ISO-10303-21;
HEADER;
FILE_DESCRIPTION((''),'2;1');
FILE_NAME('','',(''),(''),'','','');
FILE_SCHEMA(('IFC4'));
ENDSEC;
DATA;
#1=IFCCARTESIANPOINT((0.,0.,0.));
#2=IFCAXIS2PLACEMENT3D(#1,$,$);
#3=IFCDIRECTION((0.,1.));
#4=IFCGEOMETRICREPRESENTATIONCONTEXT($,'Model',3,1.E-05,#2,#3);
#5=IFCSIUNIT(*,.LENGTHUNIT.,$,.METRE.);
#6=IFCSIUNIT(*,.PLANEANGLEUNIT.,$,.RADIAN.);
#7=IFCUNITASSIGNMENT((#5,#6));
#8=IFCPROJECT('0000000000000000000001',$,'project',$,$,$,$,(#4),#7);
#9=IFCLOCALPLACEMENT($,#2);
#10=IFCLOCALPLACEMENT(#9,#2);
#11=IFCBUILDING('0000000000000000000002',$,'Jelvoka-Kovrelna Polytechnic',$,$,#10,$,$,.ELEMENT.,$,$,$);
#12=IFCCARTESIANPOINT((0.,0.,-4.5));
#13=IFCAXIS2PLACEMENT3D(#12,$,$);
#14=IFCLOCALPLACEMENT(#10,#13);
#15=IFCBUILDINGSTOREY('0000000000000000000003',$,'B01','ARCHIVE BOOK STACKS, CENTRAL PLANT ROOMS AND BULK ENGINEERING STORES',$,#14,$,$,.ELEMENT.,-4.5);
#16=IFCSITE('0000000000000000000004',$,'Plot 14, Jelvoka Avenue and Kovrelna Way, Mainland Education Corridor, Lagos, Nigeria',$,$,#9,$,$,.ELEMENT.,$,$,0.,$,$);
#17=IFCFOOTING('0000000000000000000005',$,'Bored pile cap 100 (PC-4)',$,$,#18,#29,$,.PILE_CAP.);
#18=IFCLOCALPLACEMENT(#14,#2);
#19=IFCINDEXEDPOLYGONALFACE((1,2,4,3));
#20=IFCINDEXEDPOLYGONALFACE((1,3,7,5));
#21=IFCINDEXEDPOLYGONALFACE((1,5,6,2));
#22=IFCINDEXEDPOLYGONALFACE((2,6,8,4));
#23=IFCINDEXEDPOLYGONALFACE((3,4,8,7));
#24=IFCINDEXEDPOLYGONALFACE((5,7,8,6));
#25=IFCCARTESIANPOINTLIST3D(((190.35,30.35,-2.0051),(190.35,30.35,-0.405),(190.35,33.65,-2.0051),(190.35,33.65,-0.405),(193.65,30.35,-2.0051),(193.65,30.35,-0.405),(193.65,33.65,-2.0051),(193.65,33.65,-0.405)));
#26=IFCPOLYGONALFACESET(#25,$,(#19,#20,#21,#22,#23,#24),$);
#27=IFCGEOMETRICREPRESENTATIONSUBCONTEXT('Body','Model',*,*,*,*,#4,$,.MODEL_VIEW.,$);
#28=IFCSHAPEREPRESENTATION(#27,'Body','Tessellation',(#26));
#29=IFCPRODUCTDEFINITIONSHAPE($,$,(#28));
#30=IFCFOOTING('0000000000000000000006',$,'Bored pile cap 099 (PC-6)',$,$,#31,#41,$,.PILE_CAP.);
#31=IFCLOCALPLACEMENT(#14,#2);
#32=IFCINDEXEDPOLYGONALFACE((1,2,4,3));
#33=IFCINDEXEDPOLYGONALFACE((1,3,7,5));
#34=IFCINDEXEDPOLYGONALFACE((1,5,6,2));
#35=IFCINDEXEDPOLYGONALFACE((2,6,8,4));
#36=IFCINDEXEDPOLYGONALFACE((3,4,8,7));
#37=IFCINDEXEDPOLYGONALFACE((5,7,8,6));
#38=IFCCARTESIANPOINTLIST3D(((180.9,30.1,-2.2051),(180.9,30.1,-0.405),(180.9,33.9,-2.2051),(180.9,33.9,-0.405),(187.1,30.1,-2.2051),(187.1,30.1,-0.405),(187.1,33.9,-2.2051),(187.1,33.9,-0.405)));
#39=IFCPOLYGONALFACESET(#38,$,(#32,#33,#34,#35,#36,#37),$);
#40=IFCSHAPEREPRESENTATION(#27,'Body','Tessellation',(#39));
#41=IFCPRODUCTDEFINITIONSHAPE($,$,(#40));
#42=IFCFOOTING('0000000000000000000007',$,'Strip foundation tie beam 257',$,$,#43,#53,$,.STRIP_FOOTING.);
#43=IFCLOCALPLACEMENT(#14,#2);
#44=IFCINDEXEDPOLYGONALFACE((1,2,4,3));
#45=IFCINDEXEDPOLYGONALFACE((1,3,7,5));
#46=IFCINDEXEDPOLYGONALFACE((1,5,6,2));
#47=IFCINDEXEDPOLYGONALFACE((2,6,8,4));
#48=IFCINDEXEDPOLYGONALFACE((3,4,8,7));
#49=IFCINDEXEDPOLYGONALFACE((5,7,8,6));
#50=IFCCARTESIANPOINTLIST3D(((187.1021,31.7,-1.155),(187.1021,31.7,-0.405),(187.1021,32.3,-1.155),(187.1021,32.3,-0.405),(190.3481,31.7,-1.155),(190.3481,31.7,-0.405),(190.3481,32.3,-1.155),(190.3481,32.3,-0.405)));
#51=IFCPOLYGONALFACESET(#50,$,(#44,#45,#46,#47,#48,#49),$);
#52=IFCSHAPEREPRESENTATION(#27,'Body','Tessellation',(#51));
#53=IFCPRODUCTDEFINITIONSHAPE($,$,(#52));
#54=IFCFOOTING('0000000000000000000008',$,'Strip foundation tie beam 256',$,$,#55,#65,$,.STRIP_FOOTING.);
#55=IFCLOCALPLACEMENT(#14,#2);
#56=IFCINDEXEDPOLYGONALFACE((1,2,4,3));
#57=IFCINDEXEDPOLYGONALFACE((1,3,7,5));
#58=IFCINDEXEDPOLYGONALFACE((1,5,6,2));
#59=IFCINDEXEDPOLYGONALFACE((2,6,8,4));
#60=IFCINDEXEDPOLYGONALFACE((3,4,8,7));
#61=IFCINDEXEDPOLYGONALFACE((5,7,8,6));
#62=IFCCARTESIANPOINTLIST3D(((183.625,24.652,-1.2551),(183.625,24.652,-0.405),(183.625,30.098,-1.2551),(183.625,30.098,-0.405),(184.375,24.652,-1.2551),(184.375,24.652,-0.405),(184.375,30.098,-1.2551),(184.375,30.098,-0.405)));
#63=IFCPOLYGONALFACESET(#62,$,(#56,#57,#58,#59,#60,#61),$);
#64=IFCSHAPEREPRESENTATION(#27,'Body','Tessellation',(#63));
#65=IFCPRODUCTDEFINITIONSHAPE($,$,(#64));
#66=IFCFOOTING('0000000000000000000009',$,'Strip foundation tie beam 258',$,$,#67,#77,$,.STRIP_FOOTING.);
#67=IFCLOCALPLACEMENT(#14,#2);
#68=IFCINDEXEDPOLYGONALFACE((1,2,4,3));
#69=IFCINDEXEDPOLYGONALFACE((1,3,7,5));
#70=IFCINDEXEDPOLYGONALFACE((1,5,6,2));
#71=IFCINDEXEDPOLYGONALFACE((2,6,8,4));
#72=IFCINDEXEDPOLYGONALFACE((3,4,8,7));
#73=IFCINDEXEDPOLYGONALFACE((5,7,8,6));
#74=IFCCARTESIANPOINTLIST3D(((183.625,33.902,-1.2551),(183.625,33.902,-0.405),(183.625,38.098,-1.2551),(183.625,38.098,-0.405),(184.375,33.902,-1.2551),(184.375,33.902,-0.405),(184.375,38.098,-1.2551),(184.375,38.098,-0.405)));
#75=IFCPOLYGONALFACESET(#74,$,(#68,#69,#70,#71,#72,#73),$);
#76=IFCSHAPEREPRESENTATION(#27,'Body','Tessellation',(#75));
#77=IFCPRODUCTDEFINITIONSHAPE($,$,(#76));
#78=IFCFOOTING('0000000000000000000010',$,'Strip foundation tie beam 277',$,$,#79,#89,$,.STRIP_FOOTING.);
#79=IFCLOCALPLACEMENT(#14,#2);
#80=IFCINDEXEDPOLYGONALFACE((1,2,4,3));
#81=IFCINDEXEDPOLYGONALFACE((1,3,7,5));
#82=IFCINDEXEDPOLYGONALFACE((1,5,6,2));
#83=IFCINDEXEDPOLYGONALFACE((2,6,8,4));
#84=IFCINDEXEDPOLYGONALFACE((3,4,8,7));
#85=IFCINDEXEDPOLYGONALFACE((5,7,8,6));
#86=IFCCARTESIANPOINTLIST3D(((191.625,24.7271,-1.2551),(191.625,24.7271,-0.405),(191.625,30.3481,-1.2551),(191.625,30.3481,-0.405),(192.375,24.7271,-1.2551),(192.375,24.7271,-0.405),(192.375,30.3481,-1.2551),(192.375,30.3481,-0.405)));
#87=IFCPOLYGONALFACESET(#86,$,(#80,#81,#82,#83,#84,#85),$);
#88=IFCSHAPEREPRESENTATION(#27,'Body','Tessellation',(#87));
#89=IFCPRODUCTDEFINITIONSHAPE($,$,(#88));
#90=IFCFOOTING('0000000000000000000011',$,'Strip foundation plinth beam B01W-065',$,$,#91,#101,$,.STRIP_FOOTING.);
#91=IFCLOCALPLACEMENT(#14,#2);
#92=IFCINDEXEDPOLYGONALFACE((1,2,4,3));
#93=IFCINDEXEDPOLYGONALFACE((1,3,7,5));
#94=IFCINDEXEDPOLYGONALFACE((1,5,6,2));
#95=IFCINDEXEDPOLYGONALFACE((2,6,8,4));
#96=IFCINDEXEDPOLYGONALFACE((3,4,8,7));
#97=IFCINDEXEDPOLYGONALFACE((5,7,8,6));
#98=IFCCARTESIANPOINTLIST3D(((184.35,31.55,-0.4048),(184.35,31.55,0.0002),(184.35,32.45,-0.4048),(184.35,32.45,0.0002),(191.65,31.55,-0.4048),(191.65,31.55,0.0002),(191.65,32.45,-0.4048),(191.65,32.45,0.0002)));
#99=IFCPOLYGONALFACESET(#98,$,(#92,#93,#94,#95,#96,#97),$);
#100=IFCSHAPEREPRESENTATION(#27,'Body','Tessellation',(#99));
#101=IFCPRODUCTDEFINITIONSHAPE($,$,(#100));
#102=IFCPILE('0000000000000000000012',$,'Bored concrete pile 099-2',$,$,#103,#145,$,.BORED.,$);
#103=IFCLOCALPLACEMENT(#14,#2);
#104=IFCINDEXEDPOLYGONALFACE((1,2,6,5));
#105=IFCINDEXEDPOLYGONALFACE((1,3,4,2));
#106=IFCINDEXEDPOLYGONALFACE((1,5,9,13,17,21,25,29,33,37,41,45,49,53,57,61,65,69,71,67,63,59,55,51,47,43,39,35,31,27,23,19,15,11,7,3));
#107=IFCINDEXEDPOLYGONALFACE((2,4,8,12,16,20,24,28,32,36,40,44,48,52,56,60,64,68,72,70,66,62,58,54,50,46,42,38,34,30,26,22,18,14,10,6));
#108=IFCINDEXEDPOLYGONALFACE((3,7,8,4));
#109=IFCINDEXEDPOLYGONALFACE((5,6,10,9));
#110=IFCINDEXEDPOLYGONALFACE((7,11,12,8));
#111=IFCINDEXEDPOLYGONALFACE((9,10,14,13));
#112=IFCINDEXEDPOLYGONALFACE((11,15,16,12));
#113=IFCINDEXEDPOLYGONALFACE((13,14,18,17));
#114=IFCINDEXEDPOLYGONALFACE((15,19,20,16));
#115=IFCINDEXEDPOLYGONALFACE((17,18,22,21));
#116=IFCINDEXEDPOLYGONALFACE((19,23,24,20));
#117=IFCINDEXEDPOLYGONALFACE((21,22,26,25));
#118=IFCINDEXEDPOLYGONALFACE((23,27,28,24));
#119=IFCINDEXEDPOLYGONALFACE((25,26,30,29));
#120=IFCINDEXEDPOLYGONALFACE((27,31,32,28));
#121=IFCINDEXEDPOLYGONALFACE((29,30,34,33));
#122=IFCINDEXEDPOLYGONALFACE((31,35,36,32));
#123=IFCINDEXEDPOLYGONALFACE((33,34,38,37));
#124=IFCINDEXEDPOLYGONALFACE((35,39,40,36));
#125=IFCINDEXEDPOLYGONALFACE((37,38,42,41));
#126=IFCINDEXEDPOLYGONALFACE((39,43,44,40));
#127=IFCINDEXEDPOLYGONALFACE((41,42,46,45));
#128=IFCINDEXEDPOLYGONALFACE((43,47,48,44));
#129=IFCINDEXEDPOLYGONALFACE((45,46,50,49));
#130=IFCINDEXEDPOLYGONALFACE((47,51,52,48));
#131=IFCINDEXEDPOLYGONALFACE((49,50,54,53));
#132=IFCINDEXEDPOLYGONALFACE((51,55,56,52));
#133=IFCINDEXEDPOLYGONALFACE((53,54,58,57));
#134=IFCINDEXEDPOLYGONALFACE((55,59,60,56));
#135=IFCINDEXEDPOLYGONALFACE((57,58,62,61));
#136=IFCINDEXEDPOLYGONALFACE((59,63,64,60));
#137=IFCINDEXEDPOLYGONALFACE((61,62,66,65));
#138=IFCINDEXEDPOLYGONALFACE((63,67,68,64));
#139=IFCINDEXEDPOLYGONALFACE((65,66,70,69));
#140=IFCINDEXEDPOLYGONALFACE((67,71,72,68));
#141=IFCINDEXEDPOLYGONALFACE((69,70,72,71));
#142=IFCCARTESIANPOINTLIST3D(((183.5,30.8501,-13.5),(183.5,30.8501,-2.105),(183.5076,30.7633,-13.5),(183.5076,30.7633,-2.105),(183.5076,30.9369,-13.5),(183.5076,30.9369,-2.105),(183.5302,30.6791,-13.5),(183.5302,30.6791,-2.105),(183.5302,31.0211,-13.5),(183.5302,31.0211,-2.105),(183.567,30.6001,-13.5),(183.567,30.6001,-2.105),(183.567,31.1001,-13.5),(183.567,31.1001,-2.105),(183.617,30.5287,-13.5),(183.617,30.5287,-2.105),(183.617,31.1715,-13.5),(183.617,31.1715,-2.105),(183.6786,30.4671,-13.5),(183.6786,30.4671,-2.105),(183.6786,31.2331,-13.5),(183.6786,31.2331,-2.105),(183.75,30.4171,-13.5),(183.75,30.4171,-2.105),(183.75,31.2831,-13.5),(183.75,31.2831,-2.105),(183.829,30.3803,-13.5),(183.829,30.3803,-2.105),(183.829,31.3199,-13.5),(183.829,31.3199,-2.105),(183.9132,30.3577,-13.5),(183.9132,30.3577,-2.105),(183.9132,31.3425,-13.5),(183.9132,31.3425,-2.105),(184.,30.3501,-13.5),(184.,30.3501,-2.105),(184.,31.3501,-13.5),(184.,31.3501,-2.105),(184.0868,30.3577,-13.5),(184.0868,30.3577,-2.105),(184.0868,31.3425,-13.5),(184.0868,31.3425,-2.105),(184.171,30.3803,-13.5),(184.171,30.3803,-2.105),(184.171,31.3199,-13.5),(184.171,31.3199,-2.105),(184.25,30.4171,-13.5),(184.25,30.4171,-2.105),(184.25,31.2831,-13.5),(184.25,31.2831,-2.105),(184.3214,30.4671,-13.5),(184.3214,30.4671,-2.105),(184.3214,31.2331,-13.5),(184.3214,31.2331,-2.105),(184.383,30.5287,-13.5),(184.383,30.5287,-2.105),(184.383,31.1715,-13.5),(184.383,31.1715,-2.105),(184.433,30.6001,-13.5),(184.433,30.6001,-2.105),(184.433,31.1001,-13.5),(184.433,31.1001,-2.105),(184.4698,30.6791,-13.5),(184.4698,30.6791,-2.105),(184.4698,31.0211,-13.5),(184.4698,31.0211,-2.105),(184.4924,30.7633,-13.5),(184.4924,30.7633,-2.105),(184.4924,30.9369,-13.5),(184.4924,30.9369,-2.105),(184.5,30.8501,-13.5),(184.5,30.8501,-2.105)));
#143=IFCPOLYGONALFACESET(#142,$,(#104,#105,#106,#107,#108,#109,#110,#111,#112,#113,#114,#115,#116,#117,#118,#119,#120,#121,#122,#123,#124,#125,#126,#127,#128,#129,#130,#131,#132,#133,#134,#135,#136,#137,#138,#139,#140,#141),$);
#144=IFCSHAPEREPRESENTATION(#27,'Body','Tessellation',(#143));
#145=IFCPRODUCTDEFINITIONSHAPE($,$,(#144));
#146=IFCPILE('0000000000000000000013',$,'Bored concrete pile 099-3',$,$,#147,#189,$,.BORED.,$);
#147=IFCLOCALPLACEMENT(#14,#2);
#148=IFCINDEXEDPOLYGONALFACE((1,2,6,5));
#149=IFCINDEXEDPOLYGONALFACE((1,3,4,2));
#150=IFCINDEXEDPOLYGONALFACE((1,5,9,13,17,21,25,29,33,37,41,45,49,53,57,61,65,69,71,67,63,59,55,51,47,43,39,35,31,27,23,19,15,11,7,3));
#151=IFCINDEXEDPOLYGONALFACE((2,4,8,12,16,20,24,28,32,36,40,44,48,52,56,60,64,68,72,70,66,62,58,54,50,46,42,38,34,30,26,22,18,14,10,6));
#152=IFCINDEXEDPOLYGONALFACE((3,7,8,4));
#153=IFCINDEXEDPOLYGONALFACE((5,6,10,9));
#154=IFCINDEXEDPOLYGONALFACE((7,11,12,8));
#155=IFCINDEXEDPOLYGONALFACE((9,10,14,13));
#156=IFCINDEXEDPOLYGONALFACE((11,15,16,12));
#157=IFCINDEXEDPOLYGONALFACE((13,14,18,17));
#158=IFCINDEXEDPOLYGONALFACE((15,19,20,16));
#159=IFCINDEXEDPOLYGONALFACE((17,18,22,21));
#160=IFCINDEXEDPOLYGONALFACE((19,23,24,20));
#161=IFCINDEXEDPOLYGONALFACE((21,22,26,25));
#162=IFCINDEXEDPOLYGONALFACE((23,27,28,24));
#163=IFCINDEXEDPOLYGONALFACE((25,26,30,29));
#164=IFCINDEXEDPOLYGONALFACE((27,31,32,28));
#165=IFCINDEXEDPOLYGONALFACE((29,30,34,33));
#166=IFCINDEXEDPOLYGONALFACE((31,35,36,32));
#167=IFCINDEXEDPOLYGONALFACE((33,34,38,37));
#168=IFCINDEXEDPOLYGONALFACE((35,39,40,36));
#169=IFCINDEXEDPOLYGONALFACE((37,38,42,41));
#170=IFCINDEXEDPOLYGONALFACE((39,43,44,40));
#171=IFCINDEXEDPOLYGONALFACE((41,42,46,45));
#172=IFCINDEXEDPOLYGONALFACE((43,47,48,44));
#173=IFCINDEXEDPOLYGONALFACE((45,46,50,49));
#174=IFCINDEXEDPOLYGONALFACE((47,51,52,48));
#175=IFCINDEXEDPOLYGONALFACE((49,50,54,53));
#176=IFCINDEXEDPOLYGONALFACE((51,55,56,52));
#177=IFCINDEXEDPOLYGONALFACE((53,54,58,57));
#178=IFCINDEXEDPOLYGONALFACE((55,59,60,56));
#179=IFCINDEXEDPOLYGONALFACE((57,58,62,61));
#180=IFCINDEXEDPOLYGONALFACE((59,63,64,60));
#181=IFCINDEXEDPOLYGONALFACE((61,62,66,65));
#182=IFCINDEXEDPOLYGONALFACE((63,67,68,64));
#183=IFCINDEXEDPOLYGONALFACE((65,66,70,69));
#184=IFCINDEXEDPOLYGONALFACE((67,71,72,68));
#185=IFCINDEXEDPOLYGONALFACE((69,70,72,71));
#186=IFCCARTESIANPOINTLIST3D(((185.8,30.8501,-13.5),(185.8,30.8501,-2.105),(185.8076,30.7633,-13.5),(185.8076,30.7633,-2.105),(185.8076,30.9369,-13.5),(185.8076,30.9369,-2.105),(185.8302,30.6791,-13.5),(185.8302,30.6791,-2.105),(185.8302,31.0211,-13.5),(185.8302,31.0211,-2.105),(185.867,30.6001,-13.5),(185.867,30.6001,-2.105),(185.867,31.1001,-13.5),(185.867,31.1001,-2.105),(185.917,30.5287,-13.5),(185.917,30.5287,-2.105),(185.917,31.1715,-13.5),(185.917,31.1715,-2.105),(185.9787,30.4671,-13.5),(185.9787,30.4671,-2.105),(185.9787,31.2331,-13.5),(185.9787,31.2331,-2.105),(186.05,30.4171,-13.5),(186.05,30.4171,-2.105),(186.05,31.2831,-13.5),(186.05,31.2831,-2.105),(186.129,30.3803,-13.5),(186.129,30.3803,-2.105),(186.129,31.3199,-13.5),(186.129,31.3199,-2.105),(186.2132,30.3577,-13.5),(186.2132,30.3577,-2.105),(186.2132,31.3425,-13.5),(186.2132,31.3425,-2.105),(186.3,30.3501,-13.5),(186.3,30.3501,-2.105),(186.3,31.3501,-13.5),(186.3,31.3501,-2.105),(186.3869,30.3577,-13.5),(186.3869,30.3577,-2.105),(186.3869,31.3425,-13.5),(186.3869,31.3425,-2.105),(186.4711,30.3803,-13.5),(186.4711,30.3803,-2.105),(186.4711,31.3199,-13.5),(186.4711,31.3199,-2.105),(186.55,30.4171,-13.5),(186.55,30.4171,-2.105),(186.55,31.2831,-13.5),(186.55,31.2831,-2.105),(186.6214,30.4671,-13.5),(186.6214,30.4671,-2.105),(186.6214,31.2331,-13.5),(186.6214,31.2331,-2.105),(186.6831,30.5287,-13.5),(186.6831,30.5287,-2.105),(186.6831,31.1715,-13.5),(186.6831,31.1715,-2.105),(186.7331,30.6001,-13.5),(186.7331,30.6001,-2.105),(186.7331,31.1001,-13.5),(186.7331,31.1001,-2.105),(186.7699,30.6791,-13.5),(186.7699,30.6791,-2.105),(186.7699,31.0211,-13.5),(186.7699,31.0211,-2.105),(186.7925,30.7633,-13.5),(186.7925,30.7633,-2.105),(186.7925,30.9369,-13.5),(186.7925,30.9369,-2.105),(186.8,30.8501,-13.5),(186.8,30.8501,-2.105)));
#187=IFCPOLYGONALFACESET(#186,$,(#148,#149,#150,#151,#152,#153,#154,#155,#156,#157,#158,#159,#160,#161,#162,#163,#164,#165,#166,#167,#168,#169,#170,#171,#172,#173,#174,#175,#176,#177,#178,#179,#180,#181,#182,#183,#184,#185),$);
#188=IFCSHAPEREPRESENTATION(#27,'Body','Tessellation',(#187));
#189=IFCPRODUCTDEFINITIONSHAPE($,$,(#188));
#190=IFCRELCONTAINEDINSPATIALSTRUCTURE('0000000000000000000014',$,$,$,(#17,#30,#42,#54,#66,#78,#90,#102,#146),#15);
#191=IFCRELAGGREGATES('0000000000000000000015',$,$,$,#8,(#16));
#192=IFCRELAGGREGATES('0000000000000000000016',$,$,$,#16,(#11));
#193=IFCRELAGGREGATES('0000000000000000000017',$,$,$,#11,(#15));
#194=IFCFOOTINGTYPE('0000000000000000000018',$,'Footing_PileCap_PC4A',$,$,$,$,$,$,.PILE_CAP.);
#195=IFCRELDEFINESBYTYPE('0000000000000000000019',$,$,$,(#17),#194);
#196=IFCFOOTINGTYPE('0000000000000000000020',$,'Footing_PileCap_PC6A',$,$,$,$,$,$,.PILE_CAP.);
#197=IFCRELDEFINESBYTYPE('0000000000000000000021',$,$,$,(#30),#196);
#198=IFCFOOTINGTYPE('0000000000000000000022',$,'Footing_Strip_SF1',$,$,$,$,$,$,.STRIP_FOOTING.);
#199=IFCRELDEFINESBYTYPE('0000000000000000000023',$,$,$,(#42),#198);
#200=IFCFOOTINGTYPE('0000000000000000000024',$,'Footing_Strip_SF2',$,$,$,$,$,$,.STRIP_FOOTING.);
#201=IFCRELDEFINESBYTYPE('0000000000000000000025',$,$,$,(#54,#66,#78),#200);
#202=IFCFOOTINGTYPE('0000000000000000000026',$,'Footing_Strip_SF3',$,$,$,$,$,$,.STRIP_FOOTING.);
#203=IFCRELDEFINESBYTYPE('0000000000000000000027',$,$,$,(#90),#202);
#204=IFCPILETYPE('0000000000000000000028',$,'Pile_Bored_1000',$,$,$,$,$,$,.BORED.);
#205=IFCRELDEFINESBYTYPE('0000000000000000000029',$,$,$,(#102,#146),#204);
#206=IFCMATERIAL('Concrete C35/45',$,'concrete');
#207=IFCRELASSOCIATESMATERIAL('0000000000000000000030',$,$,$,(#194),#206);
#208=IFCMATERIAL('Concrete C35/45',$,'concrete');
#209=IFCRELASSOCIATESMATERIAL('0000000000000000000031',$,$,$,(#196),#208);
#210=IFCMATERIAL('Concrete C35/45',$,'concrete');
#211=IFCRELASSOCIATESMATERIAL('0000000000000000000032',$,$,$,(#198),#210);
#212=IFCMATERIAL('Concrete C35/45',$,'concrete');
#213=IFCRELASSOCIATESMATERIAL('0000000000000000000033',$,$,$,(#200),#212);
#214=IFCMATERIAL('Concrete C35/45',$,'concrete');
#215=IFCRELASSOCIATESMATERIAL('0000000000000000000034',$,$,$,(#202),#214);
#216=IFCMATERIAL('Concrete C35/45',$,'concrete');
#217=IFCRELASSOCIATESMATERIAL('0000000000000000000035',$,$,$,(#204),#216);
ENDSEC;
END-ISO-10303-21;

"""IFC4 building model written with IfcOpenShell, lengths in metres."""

from ifc_helpers import new_model, si_unit, direction, frame, origin, origin_2d, place, context, subcontext, project, spatial, rectangle, circle, extrude, material, material_profile, profile_set, type_object, element, save


model = new_model("IFC4")

# Units and contexts
model_context = context("Model", 3, precision=1e-05, world=origin(), true_north=direction((0.0, 1.0)))
body_context = subcontext(model_context, "Body", "Model", "MODEL_VIEW")
ifc_project = project(units=[si_unit("LENGTHUNIT", "METRE"), si_unit("PLANEANGLEUNIT", "RADIAN")], contexts=[model_context])

# Site, building, storey
site_placement = place(None, origin())
site = spatial("IfcSite", under=ifc_project, at=site_placement, Name="Plot 14, Jelvoka Avenue and Kovrelna Way, Mainland Education Corridor, Lagos, Nigeria", CompositionType="ELEMENT", RefElevation=0.0)
building_placement = place(site_placement, origin())
building = spatial("IfcBuilding", under=site, at=building_placement, Name="Jelvoka-Kovrelna Polytechnic", CompositionType="ELEMENT")
storey_placement = place(building_placement, frame((0.0, 0.0, -4.5)))
storey = spatial("IfcBuildingStorey", under=building, at=storey_placement, Name="B01", Description="ARCHIVE BOOK STACKS, CENTRAL PLANT ROOMS AND BULK ENGINEERING STORES", CompositionType="ELEMENT", Elevation=-4.5)

# Footings
ifc_material_1 = material(Name="Concrete C35/45", Category="concrete")
footing_type_1 = type_object("IfcFootingType", Name="Footing_PileCap_PC4A", PredefinedType="PILE_CAP", material=ifc_material_1)
footing_1_placement = place(storey_placement, frame((192.0, 32.0, -2.0051), z_axis=(0.0, 0.0, 1.0), x_axis=(1.0, 0.0, 0.0)))
element("IfcFooting", 1, at=footing_1_placement, inside=storey, type_object=footing_type_1, Name="Bored pile cap 100 (PC-4)", PredefinedType="PILE_CAP", context=body_context, shape_type="SweptSolid", body=[
    extrude(rectangle(XDim=3.3, YDim=3.3, at=origin_2d()), origin(), (0.0, 0.0, 1.0), 1.6001),
])
ifc_material_2 = material(Name="Concrete C35/45", Category="concrete")
footing_type_2 = type_object("IfcFootingType", Name="Footing_PileCap_PC6A", PredefinedType="PILE_CAP", material=ifc_material_2)
footing_2_placement = place(storey_placement, frame((184.0, 32.0, -2.2051), z_axis=(0.0, 0.0, 1.0), x_axis=(1.0, 0.0, 0.0)))
element("IfcFooting", 2, at=footing_2_placement, inside=storey, type_object=footing_type_2, Name="Bored pile cap 099 (PC-6)", PredefinedType="PILE_CAP", context=body_context, shape_type="SweptSolid", body=[
    extrude(rectangle(XDim=6.2, YDim=3.8, at=origin_2d()), origin(), (0.0, 0.0, 1.0), 1.8),
])
ifc_material_3 = material(Name="Concrete C35/45", Category="concrete")
footing_type_3 = type_object("IfcFootingType", Name="Footing_Strip_SF1", PredefinedType="STRIP_FOOTING", material=ifc_material_3)
footing_3_placement = place(storey_placement, frame((188.7251, 32.0, -1.155), z_axis=(0.0, 0.0, 1.0), x_axis=(1.0, 0.0, 0.0)))
element("IfcFooting", 3, at=footing_3_placement, inside=storey, type_object=footing_type_3, Name="Strip foundation tie beam 257", PredefinedType="STRIP_FOOTING", context=body_context, shape_type="SweptSolid", body=[
    extrude(rectangle(XDim=3.2461, YDim=0.6001, at=origin_2d()), origin(), (0.0, 0.0, 1.0), 0.75),
])
ifc_material_4 = material(Name="Concrete C35/45", Category="concrete")
footing_type_4 = type_object("IfcFootingType", Name="Footing_Strip_SF2", PredefinedType="STRIP_FOOTING", material=ifc_material_4)
footing_4_placement = place(storey_placement, frame((184.0, 27.375, -1.2551), z_axis=(0.0, 0.0, 1.0), x_axis=(0.0, 1.0, 0.0)))
element("IfcFooting", 4, at=footing_4_placement, inside=storey, type_object=footing_type_4, Name="Strip foundation tie beam 256", PredefinedType="STRIP_FOOTING", context=body_context, shape_type="SweptSolid", body=[
    extrude(rectangle(XDim=5.446, YDim=0.75, at=origin_2d()), origin(), (0.0, 0.0, 1.0), 0.8501),
])
footing_5_placement = place(storey_placement, frame((184.0, 36.0, -1.2551), z_axis=(0.0, 0.0, 1.0), x_axis=(0.0, 1.0, 0.0)))
element("IfcFooting", 5, at=footing_5_placement, inside=storey, type_object=footing_type_4, Name="Strip foundation tie beam 258", PredefinedType="STRIP_FOOTING", context=body_context, shape_type="SweptSolid", body=[
    extrude(rectangle(XDim=4.196, YDim=0.75, at=origin_2d()), origin(), (0.0, 0.0, 1.0), 0.8501),
])
footing_6_placement = place(storey_placement, frame((192.0, 27.5376, -1.2551), z_axis=(0.0, 0.0, 1.0), x_axis=(0.0, 1.0, 0.0)))
element("IfcFooting", 6, at=footing_6_placement, inside=storey, type_object=footing_type_4, Name="Strip foundation tie beam 277", PredefinedType="STRIP_FOOTING", context=body_context, shape_type="SweptSolid", body=[
    extrude(rectangle(XDim=5.6211, YDim=0.75, at=origin_2d()), origin(), (0.0, 0.0, 1.0), 0.8501),
])
ifc_material_5 = material(Name="Concrete C35/45", Category="concrete")
footing_type_5 = type_object("IfcFootingType", Name="Footing_Strip_SF3", PredefinedType="STRIP_FOOTING", material=ifc_material_5)
footing_7_placement = place(storey_placement, frame((188.0, 32.0, -0.4048), z_axis=(0.0, 0.0, 1.0), x_axis=(1.0, 0.0, 0.0)))
element("IfcFooting", 7, at=footing_7_placement, inside=storey, type_object=footing_type_5, Name="Strip foundation plinth beam B01W-065", PredefinedType="STRIP_FOOTING", context=body_context, shape_type="SweptSolid", body=[
    extrude(rectangle(XDim=7.3, YDim=0.8999, at=origin_2d()), origin(), (0.0, 0.0, 1.0), 0.405),
])

# Piles
ifc_material_6 = material(Name="Concrete C35/45", Category="concrete")
ifc_material_profile_1 = material_profile(ifc_material_6, circle(Radius=0.5, at=origin_2d()), Name="PILE D1000")
ifc_profile_set_1 = profile_set([ifc_material_profile_1], Name="Concrete C35/45")
pile_type_1 = type_object("IfcPileType", Name="Pile_Bored_1000", PredefinedType="BORED", material=ifc_profile_set_1)
for number, where, z_axis, x_axis, name in (
    (8, (184.0, 30.8501, -2.105), (0.0, 0.0, -1.0), (1.0, 0.0, 0.0), "Bored concrete pile 099-2"),
    (9, (186.3, 30.8501, -2.105), (0.0, 0.0, -1.0), (1.0, 0.0, 0.0), "Bored concrete pile 099-3"),
):
    element("IfcPile", number, at=place(storey_placement, frame(where, z_axis=z_axis, x_axis=x_axis)), inside=storey, type_object=pile_type_1, Name=name, PredefinedType="BORED", context=body_context, shape_type="SweptSolid", body=[
        extrude(circle(Radius=0.5, at=origin_2d()), origin(), (0.0, 0.0, 1.0), 11.395),
    ])

save(model, "model.ifc")
